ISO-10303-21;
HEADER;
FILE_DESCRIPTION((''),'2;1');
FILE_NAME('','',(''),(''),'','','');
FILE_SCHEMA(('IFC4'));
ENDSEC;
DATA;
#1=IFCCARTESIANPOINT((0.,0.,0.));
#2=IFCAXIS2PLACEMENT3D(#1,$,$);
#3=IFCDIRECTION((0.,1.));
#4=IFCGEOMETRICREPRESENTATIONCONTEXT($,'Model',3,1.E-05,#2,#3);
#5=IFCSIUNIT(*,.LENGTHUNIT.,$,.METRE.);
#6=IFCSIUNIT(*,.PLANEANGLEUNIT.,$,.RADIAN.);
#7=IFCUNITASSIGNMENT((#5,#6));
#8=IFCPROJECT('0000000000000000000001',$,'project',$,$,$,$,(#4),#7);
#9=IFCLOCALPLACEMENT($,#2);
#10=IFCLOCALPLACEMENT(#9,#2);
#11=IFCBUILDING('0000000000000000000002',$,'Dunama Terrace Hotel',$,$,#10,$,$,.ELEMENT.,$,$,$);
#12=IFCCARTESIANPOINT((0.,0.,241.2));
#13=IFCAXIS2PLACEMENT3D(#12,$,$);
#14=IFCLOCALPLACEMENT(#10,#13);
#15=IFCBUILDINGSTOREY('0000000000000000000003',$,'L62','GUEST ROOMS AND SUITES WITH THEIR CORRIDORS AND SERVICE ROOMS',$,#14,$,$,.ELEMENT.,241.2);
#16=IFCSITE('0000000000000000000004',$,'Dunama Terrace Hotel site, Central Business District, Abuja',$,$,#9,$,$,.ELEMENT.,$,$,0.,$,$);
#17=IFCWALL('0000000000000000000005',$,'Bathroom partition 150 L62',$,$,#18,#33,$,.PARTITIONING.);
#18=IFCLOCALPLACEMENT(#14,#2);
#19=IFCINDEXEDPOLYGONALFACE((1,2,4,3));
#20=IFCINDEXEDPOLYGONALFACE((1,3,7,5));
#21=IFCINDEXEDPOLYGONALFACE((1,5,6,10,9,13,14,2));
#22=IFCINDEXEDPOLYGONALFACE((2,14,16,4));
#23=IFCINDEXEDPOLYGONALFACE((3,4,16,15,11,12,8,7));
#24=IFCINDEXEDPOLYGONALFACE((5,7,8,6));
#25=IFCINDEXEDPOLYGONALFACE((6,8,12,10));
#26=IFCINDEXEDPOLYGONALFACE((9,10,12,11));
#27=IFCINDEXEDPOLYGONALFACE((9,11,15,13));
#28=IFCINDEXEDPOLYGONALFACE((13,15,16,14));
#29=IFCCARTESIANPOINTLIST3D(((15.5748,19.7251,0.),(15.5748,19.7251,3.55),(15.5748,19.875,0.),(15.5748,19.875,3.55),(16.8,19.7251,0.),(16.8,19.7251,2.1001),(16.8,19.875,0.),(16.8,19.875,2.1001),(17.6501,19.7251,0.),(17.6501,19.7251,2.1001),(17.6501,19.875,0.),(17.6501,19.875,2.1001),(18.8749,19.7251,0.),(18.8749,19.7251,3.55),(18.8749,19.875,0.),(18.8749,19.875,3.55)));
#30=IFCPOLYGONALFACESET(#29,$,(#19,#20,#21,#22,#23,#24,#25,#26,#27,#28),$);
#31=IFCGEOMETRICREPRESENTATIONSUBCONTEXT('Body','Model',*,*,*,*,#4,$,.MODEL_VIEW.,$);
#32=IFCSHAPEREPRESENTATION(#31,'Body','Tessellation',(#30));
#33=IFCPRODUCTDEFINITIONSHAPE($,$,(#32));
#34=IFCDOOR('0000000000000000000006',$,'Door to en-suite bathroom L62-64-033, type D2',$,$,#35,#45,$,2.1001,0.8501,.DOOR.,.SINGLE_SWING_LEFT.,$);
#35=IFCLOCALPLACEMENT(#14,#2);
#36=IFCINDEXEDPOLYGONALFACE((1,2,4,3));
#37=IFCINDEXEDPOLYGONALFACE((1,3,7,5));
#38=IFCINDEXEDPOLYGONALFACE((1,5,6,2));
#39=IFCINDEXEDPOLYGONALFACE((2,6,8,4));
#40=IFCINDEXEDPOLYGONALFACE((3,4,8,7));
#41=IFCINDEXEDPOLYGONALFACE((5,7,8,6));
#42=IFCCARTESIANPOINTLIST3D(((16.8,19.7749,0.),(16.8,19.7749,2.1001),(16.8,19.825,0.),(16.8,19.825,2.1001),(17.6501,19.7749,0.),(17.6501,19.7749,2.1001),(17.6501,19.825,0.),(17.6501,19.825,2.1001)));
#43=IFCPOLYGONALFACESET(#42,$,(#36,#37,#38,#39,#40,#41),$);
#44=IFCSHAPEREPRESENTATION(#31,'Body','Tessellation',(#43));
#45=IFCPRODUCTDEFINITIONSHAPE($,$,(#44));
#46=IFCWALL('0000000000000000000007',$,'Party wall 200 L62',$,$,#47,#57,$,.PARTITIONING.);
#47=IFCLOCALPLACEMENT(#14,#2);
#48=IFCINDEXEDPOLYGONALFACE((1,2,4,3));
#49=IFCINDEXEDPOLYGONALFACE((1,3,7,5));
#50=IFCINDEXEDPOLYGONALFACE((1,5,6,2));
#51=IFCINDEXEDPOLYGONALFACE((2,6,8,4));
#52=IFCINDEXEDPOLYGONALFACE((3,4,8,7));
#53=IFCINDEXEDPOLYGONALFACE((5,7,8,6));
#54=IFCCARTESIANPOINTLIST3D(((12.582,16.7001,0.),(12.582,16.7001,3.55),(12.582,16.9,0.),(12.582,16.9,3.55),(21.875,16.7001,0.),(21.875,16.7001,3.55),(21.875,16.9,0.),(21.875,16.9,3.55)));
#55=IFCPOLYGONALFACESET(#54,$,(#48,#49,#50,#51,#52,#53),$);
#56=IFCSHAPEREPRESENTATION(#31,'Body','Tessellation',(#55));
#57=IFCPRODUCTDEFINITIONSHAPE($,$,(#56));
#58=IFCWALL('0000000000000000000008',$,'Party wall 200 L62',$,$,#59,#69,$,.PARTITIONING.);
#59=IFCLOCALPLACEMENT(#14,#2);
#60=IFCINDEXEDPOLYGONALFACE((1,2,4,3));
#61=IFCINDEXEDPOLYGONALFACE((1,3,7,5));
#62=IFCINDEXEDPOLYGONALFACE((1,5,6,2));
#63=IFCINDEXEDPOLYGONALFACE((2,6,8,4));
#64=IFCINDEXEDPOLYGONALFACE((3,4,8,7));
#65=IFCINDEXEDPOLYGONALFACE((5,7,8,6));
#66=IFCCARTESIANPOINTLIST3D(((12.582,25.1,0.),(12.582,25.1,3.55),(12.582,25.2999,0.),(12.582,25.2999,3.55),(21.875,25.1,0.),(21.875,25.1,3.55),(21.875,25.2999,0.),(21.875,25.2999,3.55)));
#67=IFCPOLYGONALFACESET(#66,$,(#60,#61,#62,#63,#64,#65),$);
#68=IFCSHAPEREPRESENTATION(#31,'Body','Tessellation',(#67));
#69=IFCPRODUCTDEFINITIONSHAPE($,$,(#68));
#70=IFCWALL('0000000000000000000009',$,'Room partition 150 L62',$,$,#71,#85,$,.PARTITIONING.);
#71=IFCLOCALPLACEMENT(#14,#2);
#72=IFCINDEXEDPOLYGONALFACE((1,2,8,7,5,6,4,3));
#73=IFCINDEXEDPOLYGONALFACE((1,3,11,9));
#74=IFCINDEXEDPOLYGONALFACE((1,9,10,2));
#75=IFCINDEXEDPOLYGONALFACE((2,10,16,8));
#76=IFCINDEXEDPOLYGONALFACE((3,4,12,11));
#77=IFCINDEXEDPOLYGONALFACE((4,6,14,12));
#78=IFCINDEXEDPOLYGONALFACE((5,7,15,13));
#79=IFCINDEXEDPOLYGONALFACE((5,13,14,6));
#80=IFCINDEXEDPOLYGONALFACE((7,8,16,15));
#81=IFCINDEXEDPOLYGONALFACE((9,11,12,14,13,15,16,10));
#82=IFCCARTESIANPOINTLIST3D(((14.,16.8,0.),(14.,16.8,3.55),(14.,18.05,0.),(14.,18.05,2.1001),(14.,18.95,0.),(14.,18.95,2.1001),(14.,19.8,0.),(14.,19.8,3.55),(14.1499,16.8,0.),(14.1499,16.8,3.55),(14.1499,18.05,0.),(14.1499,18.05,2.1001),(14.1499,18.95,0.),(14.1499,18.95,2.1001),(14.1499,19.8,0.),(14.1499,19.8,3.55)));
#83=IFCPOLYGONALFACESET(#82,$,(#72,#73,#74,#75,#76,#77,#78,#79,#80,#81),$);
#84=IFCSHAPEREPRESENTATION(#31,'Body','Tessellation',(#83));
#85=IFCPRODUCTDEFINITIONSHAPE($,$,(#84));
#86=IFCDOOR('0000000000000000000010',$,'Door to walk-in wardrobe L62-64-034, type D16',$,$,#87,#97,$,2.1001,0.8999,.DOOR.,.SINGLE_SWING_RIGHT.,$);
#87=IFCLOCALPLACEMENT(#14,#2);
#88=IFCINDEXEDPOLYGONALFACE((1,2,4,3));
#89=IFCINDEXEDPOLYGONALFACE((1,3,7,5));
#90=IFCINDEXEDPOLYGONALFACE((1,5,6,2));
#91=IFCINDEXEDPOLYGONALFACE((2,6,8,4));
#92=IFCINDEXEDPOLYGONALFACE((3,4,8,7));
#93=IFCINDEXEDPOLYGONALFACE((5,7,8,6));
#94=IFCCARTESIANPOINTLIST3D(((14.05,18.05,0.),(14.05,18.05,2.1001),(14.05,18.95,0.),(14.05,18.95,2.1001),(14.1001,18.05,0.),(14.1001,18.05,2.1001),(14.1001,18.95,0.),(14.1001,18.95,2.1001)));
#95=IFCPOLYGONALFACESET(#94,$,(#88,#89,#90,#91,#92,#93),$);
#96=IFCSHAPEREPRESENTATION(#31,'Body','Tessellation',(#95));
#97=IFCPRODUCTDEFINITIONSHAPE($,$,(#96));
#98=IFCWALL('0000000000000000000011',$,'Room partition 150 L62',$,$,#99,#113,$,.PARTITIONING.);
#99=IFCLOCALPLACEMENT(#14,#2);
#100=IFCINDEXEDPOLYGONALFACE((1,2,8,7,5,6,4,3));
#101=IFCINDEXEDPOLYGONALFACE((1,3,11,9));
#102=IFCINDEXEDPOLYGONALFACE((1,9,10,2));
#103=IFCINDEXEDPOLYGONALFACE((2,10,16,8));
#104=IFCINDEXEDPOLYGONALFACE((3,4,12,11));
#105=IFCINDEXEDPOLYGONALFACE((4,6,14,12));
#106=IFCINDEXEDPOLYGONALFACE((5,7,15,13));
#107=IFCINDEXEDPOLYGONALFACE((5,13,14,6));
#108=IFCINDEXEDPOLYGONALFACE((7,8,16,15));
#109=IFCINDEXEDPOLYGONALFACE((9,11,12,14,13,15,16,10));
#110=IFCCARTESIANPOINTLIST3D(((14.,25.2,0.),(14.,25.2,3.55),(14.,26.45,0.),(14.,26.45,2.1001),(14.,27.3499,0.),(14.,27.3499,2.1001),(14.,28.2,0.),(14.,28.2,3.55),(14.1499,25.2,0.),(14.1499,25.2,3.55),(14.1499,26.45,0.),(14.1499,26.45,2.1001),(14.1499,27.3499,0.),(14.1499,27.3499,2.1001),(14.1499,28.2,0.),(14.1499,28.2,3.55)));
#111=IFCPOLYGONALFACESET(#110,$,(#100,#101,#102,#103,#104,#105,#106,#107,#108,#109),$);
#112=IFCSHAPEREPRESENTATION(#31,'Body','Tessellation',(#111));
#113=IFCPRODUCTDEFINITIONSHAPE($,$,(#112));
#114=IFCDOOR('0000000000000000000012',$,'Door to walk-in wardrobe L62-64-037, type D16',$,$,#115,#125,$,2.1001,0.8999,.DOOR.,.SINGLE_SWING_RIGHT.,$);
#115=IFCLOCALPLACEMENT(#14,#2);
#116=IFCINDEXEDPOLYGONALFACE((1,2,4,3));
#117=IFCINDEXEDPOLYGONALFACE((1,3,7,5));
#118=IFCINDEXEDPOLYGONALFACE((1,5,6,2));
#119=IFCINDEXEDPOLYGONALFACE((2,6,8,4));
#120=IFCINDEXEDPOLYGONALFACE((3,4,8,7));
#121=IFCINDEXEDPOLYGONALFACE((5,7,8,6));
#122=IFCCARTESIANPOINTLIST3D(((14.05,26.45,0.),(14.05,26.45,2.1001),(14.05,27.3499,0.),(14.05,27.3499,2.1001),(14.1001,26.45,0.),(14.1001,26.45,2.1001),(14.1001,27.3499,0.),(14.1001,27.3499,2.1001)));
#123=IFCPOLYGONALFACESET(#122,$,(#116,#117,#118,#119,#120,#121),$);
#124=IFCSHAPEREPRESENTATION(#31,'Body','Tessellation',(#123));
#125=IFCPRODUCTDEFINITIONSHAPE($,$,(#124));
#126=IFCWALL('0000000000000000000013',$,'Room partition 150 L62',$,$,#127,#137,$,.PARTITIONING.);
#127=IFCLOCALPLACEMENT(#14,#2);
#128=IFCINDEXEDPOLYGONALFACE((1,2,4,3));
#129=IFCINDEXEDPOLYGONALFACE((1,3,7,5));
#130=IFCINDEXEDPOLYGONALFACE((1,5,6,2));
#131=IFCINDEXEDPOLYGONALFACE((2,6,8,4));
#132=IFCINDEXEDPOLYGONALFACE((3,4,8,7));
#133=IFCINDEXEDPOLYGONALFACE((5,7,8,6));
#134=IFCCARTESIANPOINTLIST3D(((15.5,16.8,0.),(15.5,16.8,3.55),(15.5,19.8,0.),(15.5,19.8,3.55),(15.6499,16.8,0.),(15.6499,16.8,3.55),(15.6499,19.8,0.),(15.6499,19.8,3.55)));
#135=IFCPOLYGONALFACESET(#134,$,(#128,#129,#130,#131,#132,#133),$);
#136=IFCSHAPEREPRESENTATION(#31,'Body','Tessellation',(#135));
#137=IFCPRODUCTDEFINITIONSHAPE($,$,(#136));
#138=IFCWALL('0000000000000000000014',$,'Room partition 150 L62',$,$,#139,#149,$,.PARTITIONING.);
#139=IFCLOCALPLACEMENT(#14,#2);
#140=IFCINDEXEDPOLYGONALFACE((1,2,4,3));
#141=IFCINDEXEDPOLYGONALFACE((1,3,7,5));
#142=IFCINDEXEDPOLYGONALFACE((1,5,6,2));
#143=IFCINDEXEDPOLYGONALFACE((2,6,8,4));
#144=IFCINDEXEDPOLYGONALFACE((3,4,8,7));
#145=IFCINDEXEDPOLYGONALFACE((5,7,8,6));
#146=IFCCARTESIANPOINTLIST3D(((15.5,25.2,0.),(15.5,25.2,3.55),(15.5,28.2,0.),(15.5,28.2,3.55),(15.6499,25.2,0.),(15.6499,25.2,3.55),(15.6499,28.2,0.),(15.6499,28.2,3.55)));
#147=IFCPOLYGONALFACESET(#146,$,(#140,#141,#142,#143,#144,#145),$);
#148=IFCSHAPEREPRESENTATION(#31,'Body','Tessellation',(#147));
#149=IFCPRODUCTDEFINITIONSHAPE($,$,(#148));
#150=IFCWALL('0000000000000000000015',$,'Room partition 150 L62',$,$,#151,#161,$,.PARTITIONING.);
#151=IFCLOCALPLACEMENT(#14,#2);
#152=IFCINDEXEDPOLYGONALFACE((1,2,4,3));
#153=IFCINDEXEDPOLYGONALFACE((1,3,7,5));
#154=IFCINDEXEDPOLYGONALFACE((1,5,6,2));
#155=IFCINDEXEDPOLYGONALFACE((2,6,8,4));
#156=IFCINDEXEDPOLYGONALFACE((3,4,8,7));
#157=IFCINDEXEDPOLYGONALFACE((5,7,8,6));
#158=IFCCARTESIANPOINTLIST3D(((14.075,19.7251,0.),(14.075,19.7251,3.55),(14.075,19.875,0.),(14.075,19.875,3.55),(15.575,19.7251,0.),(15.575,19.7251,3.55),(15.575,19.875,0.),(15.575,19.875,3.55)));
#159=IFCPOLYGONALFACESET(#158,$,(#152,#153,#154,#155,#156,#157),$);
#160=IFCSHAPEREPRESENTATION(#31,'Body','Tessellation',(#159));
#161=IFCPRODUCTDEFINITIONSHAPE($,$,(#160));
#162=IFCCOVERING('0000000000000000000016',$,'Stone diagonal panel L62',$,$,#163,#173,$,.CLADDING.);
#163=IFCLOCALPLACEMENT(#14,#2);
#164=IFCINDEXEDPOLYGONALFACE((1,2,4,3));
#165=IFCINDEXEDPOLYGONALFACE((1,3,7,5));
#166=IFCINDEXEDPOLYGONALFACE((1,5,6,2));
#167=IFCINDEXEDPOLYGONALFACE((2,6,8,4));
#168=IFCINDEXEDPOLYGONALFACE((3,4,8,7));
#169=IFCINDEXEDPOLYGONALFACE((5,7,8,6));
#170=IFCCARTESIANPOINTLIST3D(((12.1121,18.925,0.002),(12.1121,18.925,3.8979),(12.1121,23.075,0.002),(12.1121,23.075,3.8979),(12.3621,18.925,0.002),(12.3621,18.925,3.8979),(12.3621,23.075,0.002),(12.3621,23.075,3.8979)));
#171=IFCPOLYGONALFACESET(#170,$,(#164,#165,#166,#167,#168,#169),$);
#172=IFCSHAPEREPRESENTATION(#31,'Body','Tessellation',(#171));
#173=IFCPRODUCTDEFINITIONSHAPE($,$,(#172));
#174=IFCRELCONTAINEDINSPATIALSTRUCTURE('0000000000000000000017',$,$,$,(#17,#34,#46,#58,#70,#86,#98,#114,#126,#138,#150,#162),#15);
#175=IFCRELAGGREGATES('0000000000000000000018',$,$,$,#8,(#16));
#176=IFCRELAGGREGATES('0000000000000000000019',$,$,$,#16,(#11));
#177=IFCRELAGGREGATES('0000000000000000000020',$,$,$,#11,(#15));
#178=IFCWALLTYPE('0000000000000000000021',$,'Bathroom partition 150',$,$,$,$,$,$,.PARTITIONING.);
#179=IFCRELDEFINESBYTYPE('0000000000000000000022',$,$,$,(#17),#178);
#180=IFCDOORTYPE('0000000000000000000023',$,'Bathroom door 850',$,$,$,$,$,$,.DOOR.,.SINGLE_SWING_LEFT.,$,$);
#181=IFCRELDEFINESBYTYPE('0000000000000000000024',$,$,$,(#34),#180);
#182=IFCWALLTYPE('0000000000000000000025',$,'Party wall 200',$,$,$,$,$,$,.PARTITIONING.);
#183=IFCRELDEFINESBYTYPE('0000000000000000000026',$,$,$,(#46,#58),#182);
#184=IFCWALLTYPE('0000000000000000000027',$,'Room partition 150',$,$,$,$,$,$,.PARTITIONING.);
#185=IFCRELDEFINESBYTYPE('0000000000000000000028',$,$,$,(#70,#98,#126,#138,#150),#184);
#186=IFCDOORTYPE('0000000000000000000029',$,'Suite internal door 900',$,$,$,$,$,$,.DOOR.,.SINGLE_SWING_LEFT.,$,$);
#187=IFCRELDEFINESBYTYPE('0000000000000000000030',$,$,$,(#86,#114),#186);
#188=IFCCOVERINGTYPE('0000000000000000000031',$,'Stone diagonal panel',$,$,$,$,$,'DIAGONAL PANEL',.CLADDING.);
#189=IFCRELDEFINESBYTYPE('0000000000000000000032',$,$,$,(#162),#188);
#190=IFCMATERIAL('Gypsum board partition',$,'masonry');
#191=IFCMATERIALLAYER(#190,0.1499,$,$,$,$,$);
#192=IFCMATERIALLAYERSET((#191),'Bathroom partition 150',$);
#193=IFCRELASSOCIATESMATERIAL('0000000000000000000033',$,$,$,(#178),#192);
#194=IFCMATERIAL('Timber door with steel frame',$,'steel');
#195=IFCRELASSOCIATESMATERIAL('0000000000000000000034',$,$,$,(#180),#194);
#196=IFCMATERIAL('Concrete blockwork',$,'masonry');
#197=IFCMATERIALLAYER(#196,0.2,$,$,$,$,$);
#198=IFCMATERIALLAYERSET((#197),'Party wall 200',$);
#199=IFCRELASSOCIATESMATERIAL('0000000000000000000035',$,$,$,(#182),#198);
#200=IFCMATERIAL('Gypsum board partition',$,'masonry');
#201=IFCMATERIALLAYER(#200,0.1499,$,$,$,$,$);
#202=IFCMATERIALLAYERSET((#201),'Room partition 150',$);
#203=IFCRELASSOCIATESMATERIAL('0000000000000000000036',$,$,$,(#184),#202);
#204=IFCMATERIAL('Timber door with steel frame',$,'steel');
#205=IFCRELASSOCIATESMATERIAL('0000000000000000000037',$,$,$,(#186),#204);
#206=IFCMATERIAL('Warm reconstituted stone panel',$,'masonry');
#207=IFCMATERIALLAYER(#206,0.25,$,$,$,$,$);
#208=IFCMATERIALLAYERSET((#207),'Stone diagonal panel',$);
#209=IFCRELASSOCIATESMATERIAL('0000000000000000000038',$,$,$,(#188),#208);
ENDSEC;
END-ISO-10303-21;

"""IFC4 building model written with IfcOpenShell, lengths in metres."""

from ifc_helpers import new_model, si_unit, direction, frame, frame_2d, origin, origin_2d, place, context, subcontext, project, spatial, rectangle, extrude, material, layer, layer_set, type_object, element, fill, save


model = new_model("IFC4")

# Units and contexts
model_context = context("Model", 3, precision=1e-05, world=origin(), true_north=direction((0.0, 1.0)))
body_context = subcontext(model_context, "Body", "Model", "MODEL_VIEW")
ifc_project = project(units=[si_unit("LENGTHUNIT", "METRE"), si_unit("PLANEANGLEUNIT", "RADIAN")], contexts=[model_context])

# Site, building, storey
site_placement = place(None, origin())
site = spatial("IfcSite", under=ifc_project, at=site_placement, Name="Dunama Terrace Hotel site, Central Business District, Abuja", CompositionType="ELEMENT", RefElevation=0.0)
building_placement = place(site_placement, origin())
building = spatial("IfcBuilding", under=site, at=building_placement, Name="Dunama Terrace Hotel", CompositionType="ELEMENT")
storey_placement = place(building_placement, frame((0.0, 0.0, 241.2)))
storey = spatial("IfcBuildingStorey", under=building, at=storey_placement, Name="L62", Description="GUEST ROOMS AND SUITES WITH THEIR CORRIDORS AND SERVICE ROOMS", CompositionType="ELEMENT", Elevation=241.2)

# Wall, opening, door
ifc_material_1 = material(Name="Gypsum board partition", Category="masonry")
ifc_layer_1 = layer(ifc_material_1, 0.1499)
ifc_layer_set_1 = layer_set([ifc_layer_1], Name="Bathroom partition 150")
wall_type_1 = type_object("IfcWallType", Name="Bathroom partition 150", PredefinedType="PARTITIONING", material=ifc_layer_set_1)
wall_1_placement = place(storey_placement, frame((15.575, 19.8, 0.0), z_axis=(0.0, 0.0, 1.0), x_axis=(1.0, 0.0, 0.0)))
wall_1 = element("IfcWall", 1, at=wall_1_placement, inside=storey, type_object=wall_type_1, Name="Bathroom partition 150 L62", PredefinedType="PARTITIONING", context=body_context, shape_type="SweptSolid", body=[
    extrude(rectangle(XDim=3.3, YDim=0.1499, at=frame_2d((1.6499, 0.0))), origin(), (0.0, 0.0, 1.0), 3.55),
])
opening_1_placement = place(wall_1_placement, frame((1.2251, 0.0, 0.0)))
opening_1 = element("IfcOpeningElement", 2, at=opening_1_placement, cuts=wall_1, PredefinedType="OPENING", context=body_context, shape_type="SweptSolid", body=[
    extrude(rectangle(XDim=0.8501, YDim=2.1001, at=frame_2d((0.425, 1.05))), frame((0.0, 0.085, 0.0), z_axis=(0.0, -1.0, 0.0), x_axis=(1.0, 0.0, 0.0)), (0.0, 0.0, 1.0), 0.1699),
])
ifc_material_2 = material(Name="Timber door with steel frame", Category="steel")
door_type_1 = type_object("IfcDoorType", Name="Bathroom door 850", OperationType="SINGLE_SWING_LEFT", PredefinedType="DOOR", material=ifc_material_2)
door_1_placement = place(opening_1_placement, frame((0.8501, 0.0, 0.0), z_axis=(0.0, 0.0, 1.0), x_axis=(-1.0, 0.0, 0.0)))
door_1 = element("IfcDoor", 3, at=door_1_placement, inside=storey, type_object=door_type_1, Name="Door to en-suite bathroom L62-64-033, type D2", OperationType="SINGLE_SWING_LEFT", OverallHeight=2.1001, OverallWidth=0.8501, PredefinedType="DOOR", context=body_context, shape_type="SweptSolid", body=[
    extrude(rectangle(XDim=0.8501, YDim=2.1001, at=frame_2d((0.425, 1.05))), frame((0.0, 0.0251, 0.0), z_axis=(0.0, -1.0, 0.0), x_axis=(1.0, 0.0, 0.0)), (0.0, 0.0, 1.0), 0.05),
])
fill(opening_1, door_1)

# Walls
ifc_material_3 = material(Name="Concrete blockwork", Category="masonry")
ifc_layer_2 = layer(ifc_material_3, 0.2)
ifc_layer_set_2 = layer_set([ifc_layer_2], Name="Party wall 200")
wall_type_2 = type_object("IfcWallType", Name="Party wall 200", PredefinedType="PARTITIONING", material=ifc_layer_set_2)
for number, where, z_axis, x_axis, name in (
    (4, (12.582, 16.8, 0.0), (0.0, 0.0, 1.0), (1.0, 0.0, 0.0), "Party wall 200 L62"),
    (5, (12.582, 25.2, 0.0), (0.0, 0.0, 1.0), (1.0, 0.0, 0.0), "Party wall 200 L62"),
):
    element("IfcWall", number, at=place(storey_placement, frame(where, z_axis=z_axis, x_axis=x_axis)), inside=storey, type_object=wall_type_2, Name=name, PredefinedType="PARTITIONING", context=body_context, shape_type="SweptSolid", body=[
        extrude(rectangle(XDim=9.293, YDim=0.2, at=frame_2d((4.6465, 0.0))), origin(), (0.0, 0.0, 1.0), 3.55),
    ])

# Walls, openings, doors
ifc_material_4 = material(Name="Gypsum board partition", Category="masonry")
ifc_layer_3 = layer(ifc_material_4, 0.1499)
ifc_layer_set_3 = layer_set([ifc_layer_3], Name="Room partition 150")
wall_type_3 = type_object("IfcWallType", Name="Room partition 150", PredefinedType="PARTITIONING", material=ifc_layer_set_3)
wall_2_placement = place(storey_placement, frame((14.075, 16.8, 0.0), z_axis=(0.0, 0.0, 1.0), x_axis=(0.0, 1.0, 0.0)))
wall_2 = element("IfcWall", 6, at=wall_2_placement, inside=storey, type_object=wall_type_3, Name="Room partition 150 L62", PredefinedType="PARTITIONING", context=body_context, shape_type="SweptSolid", body=[
    extrude(rectangle(XDim=3.0, YDim=0.1499, at=frame_2d((1.5, 0.0))), origin(), (0.0, 0.0, 1.0), 3.55),
])
opening_2_placement = place(wall_2_placement, frame((1.25, 0.0, 0.0)))
opening_2 = element("IfcOpeningElement", 7, at=opening_2_placement, cuts=wall_2, PredefinedType="OPENING", context=body_context, shape_type="SweptSolid", body=[
    extrude(rectangle(XDim=0.8999, YDim=2.1001, at=frame_2d((0.45, 1.05))), frame((0.0, 0.085, 0.0), z_axis=(0.0, -1.0, 0.0), x_axis=(1.0, 0.0, 0.0)), (0.0, 0.0, 1.0), 0.1699),
])
ifc_material_5 = material(Name="Timber door with steel frame", Category="steel")
door_type_2 = type_object("IfcDoorType", Name="Suite internal door 900", OperationType="SINGLE_SWING_LEFT", PredefinedType="DOOR", material=ifc_material_5)
door_2_placement = place(opening_2_placement, frame((0.8999, 0.0, 0.0), z_axis=(0.0, 0.0, 1.0), x_axis=(-1.0, 0.0, 0.0)))
door_2 = element("IfcDoor", 8, at=door_2_placement, inside=storey, type_object=door_type_2, Name="Door to walk-in wardrobe L62-64-034, type D16", OperationType="SINGLE_SWING_RIGHT", OverallHeight=2.1001, OverallWidth=0.8999, PredefinedType="DOOR", context=body_context, shape_type="SweptSolid", body=[
    extrude(rectangle(XDim=0.8999, YDim=2.1001, at=frame_2d((0.45, 1.05))), frame((0.0, 0.0251, 0.0), z_axis=(0.0, -1.0, 0.0), x_axis=(1.0, 0.0, 0.0)), (0.0, 0.0, 1.0), 0.05),
])
fill(opening_2, door_2)
wall_3_placement = place(storey_placement, frame((14.075, 25.2, 0.0), z_axis=(0.0, 0.0, 1.0), x_axis=(0.0, 1.0, 0.0)))
wall_3 = element("IfcWall", 9, at=wall_3_placement, inside=storey, type_object=wall_type_3, Name="Room partition 150 L62", PredefinedType="PARTITIONING", context=body_context, shape_type="SweptSolid", body=[
    extrude(rectangle(XDim=3.0, YDim=0.1499, at=frame_2d((1.5, 0.0))), origin(), (0.0, 0.0, 1.0), 3.55),
])
opening_3_placement = place(wall_3_placement, frame((1.25, 0.0, 0.0)))
opening_3 = element("IfcOpeningElement", 10, at=opening_3_placement, cuts=wall_3, PredefinedType="OPENING", context=body_context, shape_type="SweptSolid", body=[
    extrude(rectangle(XDim=0.8999, YDim=2.1001, at=frame_2d((0.45, 1.05))), frame((0.0, 0.085, 0.0), z_axis=(0.0, -1.0, 0.0), x_axis=(1.0, 0.0, 0.0)), (0.0, 0.0, 1.0), 0.1699),
])
door_3_placement = place(opening_3_placement, frame((0.8999, 0.0, 0.0), z_axis=(0.0, 0.0, 1.0), x_axis=(-1.0, 0.0, 0.0)))
door_3 = element("IfcDoor", 11, at=door_3_placement, inside=storey, type_object=door_type_2, Name="Door to walk-in wardrobe L62-64-037, type D16", OperationType="SINGLE_SWING_RIGHT", OverallHeight=2.1001, OverallWidth=0.8999, PredefinedType="DOOR", context=body_context, shape_type="SweptSolid", body=[
    extrude(rectangle(XDim=0.8999, YDim=2.1001, at=frame_2d((0.45, 1.05))), frame((0.0, 0.0251, 0.0), z_axis=(0.0, -1.0, 0.0), x_axis=(1.0, 0.0, 0.0)), (0.0, 0.0, 1.0), 0.05),
])
fill(opening_3, door_3)

# Walls
for number, where, z_axis, x_axis, name in (
    (12, (15.575, 16.8, 0.0), (0.0, 0.0, 1.0), (0.0, 1.0, 0.0), "Room partition 150 L62"),
    (13, (15.575, 25.2, 0.0), (0.0, 0.0, 1.0), (0.0, 1.0, 0.0), "Room partition 150 L62"),
):
    element("IfcWall", number, at=place(storey_placement, frame(where, z_axis=z_axis, x_axis=x_axis)), inside=storey, type_object=wall_type_3, Name=name, PredefinedType="PARTITIONING", context=body_context, shape_type="SweptSolid", body=[
        extrude(rectangle(XDim=3.0, YDim=0.1499, at=frame_2d((1.5, 0.0))), origin(), (0.0, 0.0, 1.0), 3.55),
    ])
wall_4_placement = place(storey_placement, frame((14.075, 19.8, 0.0), z_axis=(0.0, 0.0, 1.0), x_axis=(1.0, 0.0, 0.0)))
element("IfcWall", 14, at=wall_4_placement, inside=storey, type_object=wall_type_3, Name="Room partition 150 L62", PredefinedType="PARTITIONING", context=body_context, shape_type="SweptSolid", body=[
    extrude(rectangle(XDim=1.5, YDim=0.1499, at=frame_2d((0.75, 0.0))), origin(), (0.0, 0.0, 1.0), 3.55),
])

# Covering
ifc_material_6 = material(Name="Warm reconstituted stone panel", Category="masonry")
ifc_layer_4 = layer(ifc_material_6, 0.25)
ifc_layer_set_4 = layer_set([ifc_layer_4], Name="Stone diagonal panel")
covering_type = type_object("IfcCoveringType", Name="Stone diagonal panel", ElementType="DIAGONAL PANEL", PredefinedType="CLADDING", material=ifc_layer_set_4)
covering_placement = place(storey_placement, frame((12.2371, 21.0, 0.002), z_axis=(0.0, 0.0, 1.0), x_axis=(0.0, -1.0, 0.0)))
element("IfcCovering", 15, at=covering_placement, inside=storey, type_object=covering_type, Name="Stone diagonal panel L62", PredefinedType="CLADDING", context=body_context, shape_type="SweptSolid", body=[
    extrude(rectangle(XDim=4.1499, YDim=0.25, at=origin_2d()), origin(), (0.0, 0.0, 1.0), 3.896),
])

save(model, "model.ifc")
